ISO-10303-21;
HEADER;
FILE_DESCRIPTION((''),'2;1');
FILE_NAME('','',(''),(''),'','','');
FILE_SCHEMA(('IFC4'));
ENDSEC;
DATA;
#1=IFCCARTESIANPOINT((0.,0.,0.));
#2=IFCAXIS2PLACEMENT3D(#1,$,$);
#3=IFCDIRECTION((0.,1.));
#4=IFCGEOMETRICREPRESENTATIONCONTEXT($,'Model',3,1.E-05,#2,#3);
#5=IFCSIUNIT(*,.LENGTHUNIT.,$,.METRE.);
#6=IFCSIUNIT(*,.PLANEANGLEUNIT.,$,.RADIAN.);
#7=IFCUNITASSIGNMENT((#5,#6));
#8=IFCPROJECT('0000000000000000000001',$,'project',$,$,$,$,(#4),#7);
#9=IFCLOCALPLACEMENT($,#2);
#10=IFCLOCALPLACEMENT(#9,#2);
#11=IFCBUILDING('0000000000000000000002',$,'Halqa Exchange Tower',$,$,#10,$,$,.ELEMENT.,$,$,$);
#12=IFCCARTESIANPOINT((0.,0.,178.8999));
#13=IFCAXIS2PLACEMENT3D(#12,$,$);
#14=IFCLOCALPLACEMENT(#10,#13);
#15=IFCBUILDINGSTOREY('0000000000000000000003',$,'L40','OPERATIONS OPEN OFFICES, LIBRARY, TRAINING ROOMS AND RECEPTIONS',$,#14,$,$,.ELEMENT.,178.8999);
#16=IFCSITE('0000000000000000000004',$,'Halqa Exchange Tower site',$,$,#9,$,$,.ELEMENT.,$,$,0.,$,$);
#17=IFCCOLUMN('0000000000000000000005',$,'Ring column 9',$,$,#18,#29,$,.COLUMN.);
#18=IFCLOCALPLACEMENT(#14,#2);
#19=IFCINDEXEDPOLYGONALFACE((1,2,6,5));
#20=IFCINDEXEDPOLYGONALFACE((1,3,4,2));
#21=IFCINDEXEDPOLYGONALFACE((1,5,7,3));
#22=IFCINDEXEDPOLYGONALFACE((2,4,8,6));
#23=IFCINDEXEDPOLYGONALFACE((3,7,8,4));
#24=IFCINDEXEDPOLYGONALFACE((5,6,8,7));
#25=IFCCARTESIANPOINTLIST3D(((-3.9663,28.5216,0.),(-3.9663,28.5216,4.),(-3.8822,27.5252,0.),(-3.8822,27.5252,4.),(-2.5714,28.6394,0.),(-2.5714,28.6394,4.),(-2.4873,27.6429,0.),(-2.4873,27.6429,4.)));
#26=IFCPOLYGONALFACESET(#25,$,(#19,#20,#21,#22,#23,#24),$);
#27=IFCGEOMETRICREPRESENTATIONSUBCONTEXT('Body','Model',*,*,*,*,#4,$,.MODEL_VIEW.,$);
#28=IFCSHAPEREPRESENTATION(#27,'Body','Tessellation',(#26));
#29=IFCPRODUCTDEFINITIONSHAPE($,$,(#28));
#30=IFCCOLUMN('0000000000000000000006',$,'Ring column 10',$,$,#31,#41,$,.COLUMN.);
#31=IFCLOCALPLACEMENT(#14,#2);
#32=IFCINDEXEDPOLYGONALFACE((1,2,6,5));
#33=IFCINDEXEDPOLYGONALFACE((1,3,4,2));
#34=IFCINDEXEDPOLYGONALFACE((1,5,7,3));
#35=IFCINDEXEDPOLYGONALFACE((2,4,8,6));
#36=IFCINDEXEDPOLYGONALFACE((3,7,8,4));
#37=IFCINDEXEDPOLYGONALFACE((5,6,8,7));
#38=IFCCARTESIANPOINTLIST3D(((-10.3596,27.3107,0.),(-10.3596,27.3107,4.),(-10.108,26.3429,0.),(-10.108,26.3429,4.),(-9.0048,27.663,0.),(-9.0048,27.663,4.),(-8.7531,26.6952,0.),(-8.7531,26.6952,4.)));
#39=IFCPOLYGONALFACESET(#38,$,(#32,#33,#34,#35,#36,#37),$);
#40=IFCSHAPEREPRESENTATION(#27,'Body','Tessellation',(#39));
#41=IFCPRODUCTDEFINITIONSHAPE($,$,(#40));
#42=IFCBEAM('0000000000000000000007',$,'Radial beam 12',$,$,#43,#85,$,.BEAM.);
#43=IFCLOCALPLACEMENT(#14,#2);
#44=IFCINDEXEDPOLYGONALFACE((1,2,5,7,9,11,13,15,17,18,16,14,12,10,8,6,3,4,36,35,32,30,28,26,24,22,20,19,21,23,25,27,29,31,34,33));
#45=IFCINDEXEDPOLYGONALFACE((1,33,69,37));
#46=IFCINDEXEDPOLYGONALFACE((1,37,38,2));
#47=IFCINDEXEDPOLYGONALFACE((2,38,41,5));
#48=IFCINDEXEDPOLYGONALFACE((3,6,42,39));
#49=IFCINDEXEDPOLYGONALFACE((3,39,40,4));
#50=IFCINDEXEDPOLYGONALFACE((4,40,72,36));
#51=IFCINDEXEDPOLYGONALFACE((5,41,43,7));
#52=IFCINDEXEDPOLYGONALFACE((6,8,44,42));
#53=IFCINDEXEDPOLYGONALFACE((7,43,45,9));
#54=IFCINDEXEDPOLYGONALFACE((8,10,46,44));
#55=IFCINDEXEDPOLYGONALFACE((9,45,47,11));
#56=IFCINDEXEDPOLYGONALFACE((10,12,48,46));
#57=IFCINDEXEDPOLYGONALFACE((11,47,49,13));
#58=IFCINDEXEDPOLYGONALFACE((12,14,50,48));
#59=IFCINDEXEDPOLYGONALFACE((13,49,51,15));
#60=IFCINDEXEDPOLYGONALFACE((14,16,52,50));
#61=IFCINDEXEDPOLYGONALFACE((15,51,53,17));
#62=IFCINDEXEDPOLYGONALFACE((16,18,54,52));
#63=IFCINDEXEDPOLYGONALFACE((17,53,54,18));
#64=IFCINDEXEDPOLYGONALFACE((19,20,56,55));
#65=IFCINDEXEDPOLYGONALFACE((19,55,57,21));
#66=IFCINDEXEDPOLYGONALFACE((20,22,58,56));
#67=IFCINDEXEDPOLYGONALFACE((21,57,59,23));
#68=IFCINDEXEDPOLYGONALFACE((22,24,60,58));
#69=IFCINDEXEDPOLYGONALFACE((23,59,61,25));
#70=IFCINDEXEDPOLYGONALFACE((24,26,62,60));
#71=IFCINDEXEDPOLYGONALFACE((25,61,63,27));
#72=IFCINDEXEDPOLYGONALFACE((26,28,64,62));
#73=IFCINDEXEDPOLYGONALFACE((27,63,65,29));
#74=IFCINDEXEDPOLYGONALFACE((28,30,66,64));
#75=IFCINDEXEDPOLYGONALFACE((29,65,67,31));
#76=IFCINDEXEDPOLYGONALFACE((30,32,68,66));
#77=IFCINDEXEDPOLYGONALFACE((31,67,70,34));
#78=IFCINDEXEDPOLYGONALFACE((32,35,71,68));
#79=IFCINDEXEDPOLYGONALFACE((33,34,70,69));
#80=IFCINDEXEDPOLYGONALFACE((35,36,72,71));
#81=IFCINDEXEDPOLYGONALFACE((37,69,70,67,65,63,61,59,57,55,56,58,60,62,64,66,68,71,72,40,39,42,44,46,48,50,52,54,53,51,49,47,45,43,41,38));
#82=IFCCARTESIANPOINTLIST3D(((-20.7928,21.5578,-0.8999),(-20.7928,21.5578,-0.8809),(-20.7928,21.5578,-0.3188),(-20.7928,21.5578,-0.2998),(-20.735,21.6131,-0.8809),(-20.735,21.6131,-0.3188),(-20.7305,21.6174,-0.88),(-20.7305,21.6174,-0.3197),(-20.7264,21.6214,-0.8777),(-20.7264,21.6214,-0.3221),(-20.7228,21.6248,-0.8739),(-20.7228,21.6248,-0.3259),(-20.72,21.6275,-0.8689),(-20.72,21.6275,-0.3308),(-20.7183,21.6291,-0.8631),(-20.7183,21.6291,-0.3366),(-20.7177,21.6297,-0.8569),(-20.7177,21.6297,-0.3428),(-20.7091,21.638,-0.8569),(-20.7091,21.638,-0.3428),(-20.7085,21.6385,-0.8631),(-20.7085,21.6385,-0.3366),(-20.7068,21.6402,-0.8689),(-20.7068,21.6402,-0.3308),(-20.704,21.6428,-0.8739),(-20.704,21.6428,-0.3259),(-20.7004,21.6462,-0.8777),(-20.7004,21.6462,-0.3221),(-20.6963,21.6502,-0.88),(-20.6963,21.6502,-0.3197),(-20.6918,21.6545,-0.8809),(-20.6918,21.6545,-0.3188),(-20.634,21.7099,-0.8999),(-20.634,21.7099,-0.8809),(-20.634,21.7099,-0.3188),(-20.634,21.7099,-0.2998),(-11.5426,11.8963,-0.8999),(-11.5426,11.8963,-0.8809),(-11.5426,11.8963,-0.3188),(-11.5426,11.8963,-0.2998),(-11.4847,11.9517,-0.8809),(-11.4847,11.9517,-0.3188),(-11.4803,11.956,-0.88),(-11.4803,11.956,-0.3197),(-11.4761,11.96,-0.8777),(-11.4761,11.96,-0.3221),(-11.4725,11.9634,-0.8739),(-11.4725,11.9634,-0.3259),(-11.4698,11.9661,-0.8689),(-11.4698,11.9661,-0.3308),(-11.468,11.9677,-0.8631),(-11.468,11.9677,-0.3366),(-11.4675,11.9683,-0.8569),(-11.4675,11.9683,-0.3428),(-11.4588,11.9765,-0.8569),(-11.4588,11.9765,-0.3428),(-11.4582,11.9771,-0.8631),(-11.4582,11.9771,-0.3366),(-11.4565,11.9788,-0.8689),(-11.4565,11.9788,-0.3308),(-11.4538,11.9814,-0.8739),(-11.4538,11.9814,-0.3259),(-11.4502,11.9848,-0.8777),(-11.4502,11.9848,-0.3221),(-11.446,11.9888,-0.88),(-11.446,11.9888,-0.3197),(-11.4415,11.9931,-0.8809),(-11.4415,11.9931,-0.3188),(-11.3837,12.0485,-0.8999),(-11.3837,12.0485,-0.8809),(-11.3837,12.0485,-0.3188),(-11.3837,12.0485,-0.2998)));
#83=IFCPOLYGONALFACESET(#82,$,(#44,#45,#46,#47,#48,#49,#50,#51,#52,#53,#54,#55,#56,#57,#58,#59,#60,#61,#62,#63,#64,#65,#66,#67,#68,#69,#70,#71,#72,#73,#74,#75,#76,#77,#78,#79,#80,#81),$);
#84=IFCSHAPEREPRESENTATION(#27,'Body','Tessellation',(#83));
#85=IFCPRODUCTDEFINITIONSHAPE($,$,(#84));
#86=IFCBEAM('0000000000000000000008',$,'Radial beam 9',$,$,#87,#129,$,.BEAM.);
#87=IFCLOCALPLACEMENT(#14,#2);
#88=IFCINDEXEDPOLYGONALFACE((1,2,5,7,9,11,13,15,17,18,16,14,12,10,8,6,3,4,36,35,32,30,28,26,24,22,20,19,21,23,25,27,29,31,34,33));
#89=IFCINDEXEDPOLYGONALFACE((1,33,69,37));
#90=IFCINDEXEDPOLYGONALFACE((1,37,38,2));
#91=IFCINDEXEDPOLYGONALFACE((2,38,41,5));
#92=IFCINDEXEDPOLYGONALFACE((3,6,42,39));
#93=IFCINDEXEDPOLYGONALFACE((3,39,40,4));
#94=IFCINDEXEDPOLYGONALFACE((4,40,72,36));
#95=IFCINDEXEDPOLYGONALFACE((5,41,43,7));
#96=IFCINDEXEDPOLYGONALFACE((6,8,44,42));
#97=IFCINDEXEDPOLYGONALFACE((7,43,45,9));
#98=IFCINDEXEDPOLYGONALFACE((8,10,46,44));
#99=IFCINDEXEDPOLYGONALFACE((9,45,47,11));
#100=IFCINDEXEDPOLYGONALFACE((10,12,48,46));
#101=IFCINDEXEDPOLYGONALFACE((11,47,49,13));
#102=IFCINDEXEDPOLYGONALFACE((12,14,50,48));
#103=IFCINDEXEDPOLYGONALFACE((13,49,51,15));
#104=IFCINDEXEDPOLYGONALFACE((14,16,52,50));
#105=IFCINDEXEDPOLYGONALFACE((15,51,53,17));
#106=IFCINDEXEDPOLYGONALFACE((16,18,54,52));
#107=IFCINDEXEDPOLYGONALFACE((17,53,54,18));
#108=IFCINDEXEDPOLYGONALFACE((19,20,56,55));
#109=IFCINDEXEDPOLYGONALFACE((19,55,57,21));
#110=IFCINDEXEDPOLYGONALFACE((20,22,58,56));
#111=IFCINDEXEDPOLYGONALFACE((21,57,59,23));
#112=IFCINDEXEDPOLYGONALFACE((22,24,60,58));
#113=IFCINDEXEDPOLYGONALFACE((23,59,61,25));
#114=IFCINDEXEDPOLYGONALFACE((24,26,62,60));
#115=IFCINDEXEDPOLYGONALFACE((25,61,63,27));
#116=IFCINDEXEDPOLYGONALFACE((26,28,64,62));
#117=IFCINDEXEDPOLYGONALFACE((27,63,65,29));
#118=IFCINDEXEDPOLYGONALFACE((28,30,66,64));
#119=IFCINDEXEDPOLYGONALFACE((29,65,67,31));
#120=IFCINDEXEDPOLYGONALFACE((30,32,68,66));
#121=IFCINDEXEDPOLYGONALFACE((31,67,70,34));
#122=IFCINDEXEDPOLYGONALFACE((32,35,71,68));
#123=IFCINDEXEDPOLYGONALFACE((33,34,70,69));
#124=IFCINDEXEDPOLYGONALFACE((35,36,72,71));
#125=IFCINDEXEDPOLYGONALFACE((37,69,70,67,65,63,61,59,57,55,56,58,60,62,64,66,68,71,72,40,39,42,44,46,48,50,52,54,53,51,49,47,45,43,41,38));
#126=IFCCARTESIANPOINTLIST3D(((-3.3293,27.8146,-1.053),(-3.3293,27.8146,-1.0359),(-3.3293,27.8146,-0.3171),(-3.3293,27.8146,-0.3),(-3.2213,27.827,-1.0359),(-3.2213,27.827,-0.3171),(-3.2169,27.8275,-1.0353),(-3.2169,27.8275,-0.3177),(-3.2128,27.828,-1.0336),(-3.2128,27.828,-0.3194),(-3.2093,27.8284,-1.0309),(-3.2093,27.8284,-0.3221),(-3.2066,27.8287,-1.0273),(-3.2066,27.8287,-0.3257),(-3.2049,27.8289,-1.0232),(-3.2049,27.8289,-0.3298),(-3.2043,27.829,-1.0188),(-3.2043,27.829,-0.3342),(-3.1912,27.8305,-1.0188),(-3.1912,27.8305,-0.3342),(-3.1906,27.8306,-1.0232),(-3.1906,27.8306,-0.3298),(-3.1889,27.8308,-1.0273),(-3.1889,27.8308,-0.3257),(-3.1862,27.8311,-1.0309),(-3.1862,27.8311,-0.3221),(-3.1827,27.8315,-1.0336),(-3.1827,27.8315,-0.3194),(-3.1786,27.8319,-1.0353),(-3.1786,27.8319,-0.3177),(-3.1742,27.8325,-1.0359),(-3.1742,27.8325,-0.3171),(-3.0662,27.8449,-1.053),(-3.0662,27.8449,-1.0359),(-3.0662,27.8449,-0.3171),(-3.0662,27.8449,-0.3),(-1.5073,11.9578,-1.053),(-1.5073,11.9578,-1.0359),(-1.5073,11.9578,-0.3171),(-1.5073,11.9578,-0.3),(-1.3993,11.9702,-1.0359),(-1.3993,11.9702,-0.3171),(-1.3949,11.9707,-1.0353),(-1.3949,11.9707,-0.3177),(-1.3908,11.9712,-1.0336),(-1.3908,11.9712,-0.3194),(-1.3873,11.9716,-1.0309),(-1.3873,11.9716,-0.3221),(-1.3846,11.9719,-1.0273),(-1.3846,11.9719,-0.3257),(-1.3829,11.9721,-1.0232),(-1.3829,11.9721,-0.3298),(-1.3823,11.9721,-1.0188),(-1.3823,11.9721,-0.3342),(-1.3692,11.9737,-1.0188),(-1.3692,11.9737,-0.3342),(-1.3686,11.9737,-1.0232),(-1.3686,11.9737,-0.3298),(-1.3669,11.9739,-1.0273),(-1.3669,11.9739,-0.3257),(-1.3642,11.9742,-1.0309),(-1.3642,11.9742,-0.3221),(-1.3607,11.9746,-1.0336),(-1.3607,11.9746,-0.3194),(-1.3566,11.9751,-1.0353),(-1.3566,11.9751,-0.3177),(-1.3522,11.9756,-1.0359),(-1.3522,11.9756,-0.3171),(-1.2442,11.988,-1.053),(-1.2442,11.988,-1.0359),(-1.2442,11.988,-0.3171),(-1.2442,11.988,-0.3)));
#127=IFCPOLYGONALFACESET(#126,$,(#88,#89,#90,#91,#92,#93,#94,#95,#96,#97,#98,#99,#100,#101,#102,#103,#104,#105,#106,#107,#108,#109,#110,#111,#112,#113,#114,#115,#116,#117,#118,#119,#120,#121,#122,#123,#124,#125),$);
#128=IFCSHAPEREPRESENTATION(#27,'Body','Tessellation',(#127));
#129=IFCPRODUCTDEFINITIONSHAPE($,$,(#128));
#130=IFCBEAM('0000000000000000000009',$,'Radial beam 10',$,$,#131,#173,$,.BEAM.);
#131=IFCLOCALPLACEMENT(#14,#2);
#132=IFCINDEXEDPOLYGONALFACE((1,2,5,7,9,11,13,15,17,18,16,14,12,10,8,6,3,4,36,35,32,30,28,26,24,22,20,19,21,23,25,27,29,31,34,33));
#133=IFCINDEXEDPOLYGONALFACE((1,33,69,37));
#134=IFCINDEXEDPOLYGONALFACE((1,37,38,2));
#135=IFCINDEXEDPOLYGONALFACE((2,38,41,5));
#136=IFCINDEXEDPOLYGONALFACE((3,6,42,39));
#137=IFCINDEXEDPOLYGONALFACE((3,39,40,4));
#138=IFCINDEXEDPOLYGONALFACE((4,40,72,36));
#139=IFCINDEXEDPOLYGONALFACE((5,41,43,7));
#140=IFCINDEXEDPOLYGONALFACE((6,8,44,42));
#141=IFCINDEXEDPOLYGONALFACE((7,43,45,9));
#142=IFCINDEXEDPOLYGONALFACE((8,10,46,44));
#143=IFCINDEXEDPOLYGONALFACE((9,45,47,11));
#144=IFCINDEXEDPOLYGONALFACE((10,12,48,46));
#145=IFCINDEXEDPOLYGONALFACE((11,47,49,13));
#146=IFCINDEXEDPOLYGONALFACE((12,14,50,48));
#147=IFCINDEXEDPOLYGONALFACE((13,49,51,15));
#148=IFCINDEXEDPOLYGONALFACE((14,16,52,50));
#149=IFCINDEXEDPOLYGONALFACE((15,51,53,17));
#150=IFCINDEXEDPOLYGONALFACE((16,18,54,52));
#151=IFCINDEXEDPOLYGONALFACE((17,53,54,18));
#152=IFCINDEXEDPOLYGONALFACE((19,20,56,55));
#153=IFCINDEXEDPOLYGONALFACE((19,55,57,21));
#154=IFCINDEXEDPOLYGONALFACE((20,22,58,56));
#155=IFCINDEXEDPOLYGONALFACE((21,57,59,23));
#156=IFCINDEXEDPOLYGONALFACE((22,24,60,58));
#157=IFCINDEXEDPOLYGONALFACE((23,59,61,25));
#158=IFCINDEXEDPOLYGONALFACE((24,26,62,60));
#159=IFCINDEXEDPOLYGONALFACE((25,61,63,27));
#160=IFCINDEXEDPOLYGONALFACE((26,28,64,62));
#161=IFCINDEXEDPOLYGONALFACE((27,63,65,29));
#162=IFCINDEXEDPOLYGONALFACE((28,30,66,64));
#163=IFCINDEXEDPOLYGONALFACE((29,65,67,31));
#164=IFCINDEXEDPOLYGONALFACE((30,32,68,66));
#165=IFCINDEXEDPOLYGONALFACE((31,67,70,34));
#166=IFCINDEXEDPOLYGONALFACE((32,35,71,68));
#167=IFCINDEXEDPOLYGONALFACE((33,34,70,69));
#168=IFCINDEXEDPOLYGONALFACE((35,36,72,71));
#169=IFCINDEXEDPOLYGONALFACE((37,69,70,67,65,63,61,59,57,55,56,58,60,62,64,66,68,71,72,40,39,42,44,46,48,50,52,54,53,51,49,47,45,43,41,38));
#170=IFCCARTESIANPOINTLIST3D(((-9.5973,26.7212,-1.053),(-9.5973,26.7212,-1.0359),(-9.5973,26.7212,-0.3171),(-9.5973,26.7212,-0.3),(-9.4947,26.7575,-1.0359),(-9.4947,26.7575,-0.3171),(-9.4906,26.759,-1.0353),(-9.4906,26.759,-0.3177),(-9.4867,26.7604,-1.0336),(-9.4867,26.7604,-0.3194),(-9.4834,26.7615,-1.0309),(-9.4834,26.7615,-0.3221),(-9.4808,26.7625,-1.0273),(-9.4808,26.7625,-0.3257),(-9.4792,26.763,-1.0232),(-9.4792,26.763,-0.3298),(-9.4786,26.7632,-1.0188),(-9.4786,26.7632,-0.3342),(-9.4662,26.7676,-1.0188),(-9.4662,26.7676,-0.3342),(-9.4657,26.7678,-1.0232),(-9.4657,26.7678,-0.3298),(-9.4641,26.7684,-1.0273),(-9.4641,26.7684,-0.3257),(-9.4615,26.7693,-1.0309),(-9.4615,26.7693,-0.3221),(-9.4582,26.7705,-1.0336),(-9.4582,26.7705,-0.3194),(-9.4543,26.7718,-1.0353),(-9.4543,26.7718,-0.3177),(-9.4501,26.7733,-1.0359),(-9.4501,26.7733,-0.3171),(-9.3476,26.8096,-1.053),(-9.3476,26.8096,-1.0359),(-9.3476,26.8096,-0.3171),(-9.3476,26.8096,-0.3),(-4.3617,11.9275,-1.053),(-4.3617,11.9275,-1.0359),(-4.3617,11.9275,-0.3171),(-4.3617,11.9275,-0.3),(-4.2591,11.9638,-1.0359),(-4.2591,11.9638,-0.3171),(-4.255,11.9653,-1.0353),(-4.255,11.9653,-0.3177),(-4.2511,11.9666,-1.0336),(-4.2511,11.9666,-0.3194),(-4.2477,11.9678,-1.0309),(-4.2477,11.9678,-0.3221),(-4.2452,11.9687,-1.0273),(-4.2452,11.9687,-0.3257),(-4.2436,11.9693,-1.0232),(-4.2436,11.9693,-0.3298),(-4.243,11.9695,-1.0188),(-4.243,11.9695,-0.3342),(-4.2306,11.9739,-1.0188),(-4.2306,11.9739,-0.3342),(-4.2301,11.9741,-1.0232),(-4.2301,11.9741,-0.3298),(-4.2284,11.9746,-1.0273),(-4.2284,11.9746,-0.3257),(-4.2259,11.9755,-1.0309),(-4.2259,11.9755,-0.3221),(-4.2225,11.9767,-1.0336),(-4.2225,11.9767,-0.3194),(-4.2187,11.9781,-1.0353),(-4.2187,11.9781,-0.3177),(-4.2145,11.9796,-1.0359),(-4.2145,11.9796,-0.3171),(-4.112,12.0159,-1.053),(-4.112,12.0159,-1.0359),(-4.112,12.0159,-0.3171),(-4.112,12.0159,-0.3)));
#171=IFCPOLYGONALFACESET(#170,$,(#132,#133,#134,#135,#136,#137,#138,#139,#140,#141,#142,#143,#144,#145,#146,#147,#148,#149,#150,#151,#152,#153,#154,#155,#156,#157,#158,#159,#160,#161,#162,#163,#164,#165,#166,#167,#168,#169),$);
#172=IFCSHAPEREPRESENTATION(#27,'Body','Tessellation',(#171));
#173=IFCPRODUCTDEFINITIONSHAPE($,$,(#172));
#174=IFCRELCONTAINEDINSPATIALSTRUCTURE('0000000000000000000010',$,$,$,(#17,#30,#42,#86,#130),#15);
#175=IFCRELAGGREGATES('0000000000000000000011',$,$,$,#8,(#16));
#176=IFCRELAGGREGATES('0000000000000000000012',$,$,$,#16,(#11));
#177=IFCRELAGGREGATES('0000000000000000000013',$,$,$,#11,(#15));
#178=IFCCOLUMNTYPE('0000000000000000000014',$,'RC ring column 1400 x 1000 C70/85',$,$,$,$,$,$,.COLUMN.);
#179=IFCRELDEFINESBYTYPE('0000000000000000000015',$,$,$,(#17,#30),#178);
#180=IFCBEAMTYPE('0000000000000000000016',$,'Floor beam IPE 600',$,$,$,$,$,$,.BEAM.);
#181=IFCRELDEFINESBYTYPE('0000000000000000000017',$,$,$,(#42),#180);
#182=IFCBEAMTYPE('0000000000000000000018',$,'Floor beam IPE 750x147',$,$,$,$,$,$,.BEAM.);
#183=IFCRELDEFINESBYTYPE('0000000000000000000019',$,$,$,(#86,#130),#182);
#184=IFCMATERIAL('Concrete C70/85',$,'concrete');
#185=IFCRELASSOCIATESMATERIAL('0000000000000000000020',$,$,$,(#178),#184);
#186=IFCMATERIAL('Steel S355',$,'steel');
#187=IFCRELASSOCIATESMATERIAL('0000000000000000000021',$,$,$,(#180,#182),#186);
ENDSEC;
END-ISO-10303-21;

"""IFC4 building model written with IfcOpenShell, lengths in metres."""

from ifc_helpers import new_model, si_unit, direction, frame, origin, origin_2d, place, context, subcontext, project, spatial, rectangle, i_section, extrude, material, material_profile, profile_set, type_object, element, save


model = new_model("IFC4")

# Units and contexts
model_context = context("Model", 3, precision=1e-05, world=origin(), true_north=direction((0.0, 1.0)))
body_context = subcontext(model_context, "Body", "Model", "MODEL_VIEW")
ifc_project = project(units=[si_unit("LENGTHUNIT", "METRE"), si_unit("PLANEANGLEUNIT", "RADIAN")], contexts=[model_context])

# Site, building, storey
site_placement = place(None, origin())
site = spatial("IfcSite", under=ifc_project, at=site_placement, Name="Halqa Exchange Tower site", CompositionType="ELEMENT", RefElevation=0.0)
building_placement = place(site_placement, origin())
building = spatial("IfcBuilding", under=site, at=building_placement, Name="Halqa Exchange Tower", CompositionType="ELEMENT")
storey_placement = place(building_placement, frame((0.0, 0.0, 178.8999)))
storey = spatial("IfcBuildingStorey", under=building, at=storey_placement, Name="L40", Description="OPERATIONS OPEN OFFICES, LIBRARY, TRAINING ROOMS AND RECEPTIONS", CompositionType="ELEMENT", Elevation=178.8999)

# Columns
ifc_material_1 = material(Name="Concrete C70/85", Category="concrete")
ifc_material_profile_1 = material_profile(ifc_material_1, rectangle(XDim=1.3999, YDim=1.0, at=origin_2d()), Name="1400 x 1000")
ifc_profile_set_1 = profile_set([ifc_material_profile_1], Name="Concrete C70/85")
column_type = type_object("IfcColumnType", Name="RC ring column 1400 x 1000 C70/85", PredefinedType="COLUMN", material=ifc_profile_set_1)
for number, where, z_axis, x_axis, name in (
    (1, (-3.2268, 28.0823, 0.0), (0.0, 0.0, 1.0), (-0.996455, -0.084123, 0.0), "Ring column 9"),
    (2, (-9.5564, 27.0029, 0.0), (0.0, 0.0, 1.0), (-0.96782, -0.251645, 0.0), "Ring column 10"),
):
    element("IfcColumn", number, at=place(storey_placement, frame(where, z_axis=z_axis, x_axis=x_axis)), inside=storey, type_object=column_type, Name=name, PredefinedType="COLUMN", context=body_context, shape_type="SweptSolid", body=[
        extrude(rectangle(XDim=1.3999, YDim=1.0, at=origin_2d()), origin(), (0.0, 0.0, 1.0), 4.0),
    ])

# Beams
ifc_material_2 = material(Name="Steel S355", Category="steel")
ifc_material_profile_2 = material_profile(ifc_material_2, i_section(OverallWidth=0.22, OverallDepth=0.6001, WebThickness=0.012, FlangeThickness=0.019, FilletRadius=0.0239, at=origin_2d()), Name="IPE 600")
ifc_profile_set_2 = profile_set([ifc_material_profile_2], Name="Steel S355")
beam_type_1 = type_object("IfcBeamType", Name="Floor beam IPE 600", PredefinedType="BEAM", material=ifc_profile_set_2)
beam_1_placement = place(storey_placement, frame((-11.4631, 11.9724, -0.5999), z_axis=(-0.691571, 0.722308, 0.0), x_axis=(-0.722308, -0.691571, 0.0)))
element("IfcBeam", 3, at=beam_1_placement, inside=storey, type_object=beam_type_1, Name="Radial beam 12", PredefinedType="BEAM", context=body_context, shape_type="SweptSolid", body=[
    extrude(i_section(OverallWidth=0.22, OverallDepth=0.6001, WebThickness=0.012, FlangeThickness=0.019, FilletRadius=0.0239, at=origin_2d()), origin(), (0.0, 0.0, 1.0), 13.3757),
])
ifc_material_profile_3 = material_profile(ifc_material_2, i_section(OverallWidth=0.2649, OverallDepth=0.7529, WebThickness=0.0132, FlangeThickness=0.0171, FilletRadius=0.0171, at=origin_2d()), Name="IPE 750x147")
ifc_profile_set_3 = profile_set([ifc_material_profile_3], Name="Steel S355")
beam_type_2 = type_object("IfcBeamType", Name="Floor beam IPE 750x147", PredefinedType="BEAM", material=ifc_profile_set_3)
beam_2_placement = place(storey_placement, frame((-1.3757, 11.9729, -0.6765), z_axis=(-0.114153, 0.993463, 0.0), x_axis=(-0.993463, -0.114153, 0.0)))
element("IfcBeam", 4, at=beam_2_placement, inside=storey, type_object=beam_type_2, Name="Radial beam 9", PredefinedType="BEAM", context=body_context, shape_type="SweptSolid", body=[
    extrude(i_section(OverallWidth=0.2649, OverallDepth=0.7529, WebThickness=0.0132, FlangeThickness=0.0171, FilletRadius=0.0171, at=origin_2d()), origin(), (0.0, 0.0, 1.0), 15.9612),
])
beam_3_placement = place(storey_placement, frame((-4.2368, 11.9717, -0.6765), z_axis=(-0.33363, 0.942704, 0.0), x_axis=(-0.942704, -0.33363, 0.0)))
element("IfcBeam", 5, at=beam_3_placement, inside=storey, type_object=beam_type_2, Name="Radial beam 10", PredefinedType="BEAM", context=body_context, shape_type="SweptSolid", body=[
    extrude(i_section(OverallWidth=0.2649, OverallDepth=0.7529, WebThickness=0.0132, FlangeThickness=0.0171, FilletRadius=0.0171, at=origin_2d()), origin(), (0.0, 0.0, 1.0), 15.6929),
])

save(model, "model.ifc")
